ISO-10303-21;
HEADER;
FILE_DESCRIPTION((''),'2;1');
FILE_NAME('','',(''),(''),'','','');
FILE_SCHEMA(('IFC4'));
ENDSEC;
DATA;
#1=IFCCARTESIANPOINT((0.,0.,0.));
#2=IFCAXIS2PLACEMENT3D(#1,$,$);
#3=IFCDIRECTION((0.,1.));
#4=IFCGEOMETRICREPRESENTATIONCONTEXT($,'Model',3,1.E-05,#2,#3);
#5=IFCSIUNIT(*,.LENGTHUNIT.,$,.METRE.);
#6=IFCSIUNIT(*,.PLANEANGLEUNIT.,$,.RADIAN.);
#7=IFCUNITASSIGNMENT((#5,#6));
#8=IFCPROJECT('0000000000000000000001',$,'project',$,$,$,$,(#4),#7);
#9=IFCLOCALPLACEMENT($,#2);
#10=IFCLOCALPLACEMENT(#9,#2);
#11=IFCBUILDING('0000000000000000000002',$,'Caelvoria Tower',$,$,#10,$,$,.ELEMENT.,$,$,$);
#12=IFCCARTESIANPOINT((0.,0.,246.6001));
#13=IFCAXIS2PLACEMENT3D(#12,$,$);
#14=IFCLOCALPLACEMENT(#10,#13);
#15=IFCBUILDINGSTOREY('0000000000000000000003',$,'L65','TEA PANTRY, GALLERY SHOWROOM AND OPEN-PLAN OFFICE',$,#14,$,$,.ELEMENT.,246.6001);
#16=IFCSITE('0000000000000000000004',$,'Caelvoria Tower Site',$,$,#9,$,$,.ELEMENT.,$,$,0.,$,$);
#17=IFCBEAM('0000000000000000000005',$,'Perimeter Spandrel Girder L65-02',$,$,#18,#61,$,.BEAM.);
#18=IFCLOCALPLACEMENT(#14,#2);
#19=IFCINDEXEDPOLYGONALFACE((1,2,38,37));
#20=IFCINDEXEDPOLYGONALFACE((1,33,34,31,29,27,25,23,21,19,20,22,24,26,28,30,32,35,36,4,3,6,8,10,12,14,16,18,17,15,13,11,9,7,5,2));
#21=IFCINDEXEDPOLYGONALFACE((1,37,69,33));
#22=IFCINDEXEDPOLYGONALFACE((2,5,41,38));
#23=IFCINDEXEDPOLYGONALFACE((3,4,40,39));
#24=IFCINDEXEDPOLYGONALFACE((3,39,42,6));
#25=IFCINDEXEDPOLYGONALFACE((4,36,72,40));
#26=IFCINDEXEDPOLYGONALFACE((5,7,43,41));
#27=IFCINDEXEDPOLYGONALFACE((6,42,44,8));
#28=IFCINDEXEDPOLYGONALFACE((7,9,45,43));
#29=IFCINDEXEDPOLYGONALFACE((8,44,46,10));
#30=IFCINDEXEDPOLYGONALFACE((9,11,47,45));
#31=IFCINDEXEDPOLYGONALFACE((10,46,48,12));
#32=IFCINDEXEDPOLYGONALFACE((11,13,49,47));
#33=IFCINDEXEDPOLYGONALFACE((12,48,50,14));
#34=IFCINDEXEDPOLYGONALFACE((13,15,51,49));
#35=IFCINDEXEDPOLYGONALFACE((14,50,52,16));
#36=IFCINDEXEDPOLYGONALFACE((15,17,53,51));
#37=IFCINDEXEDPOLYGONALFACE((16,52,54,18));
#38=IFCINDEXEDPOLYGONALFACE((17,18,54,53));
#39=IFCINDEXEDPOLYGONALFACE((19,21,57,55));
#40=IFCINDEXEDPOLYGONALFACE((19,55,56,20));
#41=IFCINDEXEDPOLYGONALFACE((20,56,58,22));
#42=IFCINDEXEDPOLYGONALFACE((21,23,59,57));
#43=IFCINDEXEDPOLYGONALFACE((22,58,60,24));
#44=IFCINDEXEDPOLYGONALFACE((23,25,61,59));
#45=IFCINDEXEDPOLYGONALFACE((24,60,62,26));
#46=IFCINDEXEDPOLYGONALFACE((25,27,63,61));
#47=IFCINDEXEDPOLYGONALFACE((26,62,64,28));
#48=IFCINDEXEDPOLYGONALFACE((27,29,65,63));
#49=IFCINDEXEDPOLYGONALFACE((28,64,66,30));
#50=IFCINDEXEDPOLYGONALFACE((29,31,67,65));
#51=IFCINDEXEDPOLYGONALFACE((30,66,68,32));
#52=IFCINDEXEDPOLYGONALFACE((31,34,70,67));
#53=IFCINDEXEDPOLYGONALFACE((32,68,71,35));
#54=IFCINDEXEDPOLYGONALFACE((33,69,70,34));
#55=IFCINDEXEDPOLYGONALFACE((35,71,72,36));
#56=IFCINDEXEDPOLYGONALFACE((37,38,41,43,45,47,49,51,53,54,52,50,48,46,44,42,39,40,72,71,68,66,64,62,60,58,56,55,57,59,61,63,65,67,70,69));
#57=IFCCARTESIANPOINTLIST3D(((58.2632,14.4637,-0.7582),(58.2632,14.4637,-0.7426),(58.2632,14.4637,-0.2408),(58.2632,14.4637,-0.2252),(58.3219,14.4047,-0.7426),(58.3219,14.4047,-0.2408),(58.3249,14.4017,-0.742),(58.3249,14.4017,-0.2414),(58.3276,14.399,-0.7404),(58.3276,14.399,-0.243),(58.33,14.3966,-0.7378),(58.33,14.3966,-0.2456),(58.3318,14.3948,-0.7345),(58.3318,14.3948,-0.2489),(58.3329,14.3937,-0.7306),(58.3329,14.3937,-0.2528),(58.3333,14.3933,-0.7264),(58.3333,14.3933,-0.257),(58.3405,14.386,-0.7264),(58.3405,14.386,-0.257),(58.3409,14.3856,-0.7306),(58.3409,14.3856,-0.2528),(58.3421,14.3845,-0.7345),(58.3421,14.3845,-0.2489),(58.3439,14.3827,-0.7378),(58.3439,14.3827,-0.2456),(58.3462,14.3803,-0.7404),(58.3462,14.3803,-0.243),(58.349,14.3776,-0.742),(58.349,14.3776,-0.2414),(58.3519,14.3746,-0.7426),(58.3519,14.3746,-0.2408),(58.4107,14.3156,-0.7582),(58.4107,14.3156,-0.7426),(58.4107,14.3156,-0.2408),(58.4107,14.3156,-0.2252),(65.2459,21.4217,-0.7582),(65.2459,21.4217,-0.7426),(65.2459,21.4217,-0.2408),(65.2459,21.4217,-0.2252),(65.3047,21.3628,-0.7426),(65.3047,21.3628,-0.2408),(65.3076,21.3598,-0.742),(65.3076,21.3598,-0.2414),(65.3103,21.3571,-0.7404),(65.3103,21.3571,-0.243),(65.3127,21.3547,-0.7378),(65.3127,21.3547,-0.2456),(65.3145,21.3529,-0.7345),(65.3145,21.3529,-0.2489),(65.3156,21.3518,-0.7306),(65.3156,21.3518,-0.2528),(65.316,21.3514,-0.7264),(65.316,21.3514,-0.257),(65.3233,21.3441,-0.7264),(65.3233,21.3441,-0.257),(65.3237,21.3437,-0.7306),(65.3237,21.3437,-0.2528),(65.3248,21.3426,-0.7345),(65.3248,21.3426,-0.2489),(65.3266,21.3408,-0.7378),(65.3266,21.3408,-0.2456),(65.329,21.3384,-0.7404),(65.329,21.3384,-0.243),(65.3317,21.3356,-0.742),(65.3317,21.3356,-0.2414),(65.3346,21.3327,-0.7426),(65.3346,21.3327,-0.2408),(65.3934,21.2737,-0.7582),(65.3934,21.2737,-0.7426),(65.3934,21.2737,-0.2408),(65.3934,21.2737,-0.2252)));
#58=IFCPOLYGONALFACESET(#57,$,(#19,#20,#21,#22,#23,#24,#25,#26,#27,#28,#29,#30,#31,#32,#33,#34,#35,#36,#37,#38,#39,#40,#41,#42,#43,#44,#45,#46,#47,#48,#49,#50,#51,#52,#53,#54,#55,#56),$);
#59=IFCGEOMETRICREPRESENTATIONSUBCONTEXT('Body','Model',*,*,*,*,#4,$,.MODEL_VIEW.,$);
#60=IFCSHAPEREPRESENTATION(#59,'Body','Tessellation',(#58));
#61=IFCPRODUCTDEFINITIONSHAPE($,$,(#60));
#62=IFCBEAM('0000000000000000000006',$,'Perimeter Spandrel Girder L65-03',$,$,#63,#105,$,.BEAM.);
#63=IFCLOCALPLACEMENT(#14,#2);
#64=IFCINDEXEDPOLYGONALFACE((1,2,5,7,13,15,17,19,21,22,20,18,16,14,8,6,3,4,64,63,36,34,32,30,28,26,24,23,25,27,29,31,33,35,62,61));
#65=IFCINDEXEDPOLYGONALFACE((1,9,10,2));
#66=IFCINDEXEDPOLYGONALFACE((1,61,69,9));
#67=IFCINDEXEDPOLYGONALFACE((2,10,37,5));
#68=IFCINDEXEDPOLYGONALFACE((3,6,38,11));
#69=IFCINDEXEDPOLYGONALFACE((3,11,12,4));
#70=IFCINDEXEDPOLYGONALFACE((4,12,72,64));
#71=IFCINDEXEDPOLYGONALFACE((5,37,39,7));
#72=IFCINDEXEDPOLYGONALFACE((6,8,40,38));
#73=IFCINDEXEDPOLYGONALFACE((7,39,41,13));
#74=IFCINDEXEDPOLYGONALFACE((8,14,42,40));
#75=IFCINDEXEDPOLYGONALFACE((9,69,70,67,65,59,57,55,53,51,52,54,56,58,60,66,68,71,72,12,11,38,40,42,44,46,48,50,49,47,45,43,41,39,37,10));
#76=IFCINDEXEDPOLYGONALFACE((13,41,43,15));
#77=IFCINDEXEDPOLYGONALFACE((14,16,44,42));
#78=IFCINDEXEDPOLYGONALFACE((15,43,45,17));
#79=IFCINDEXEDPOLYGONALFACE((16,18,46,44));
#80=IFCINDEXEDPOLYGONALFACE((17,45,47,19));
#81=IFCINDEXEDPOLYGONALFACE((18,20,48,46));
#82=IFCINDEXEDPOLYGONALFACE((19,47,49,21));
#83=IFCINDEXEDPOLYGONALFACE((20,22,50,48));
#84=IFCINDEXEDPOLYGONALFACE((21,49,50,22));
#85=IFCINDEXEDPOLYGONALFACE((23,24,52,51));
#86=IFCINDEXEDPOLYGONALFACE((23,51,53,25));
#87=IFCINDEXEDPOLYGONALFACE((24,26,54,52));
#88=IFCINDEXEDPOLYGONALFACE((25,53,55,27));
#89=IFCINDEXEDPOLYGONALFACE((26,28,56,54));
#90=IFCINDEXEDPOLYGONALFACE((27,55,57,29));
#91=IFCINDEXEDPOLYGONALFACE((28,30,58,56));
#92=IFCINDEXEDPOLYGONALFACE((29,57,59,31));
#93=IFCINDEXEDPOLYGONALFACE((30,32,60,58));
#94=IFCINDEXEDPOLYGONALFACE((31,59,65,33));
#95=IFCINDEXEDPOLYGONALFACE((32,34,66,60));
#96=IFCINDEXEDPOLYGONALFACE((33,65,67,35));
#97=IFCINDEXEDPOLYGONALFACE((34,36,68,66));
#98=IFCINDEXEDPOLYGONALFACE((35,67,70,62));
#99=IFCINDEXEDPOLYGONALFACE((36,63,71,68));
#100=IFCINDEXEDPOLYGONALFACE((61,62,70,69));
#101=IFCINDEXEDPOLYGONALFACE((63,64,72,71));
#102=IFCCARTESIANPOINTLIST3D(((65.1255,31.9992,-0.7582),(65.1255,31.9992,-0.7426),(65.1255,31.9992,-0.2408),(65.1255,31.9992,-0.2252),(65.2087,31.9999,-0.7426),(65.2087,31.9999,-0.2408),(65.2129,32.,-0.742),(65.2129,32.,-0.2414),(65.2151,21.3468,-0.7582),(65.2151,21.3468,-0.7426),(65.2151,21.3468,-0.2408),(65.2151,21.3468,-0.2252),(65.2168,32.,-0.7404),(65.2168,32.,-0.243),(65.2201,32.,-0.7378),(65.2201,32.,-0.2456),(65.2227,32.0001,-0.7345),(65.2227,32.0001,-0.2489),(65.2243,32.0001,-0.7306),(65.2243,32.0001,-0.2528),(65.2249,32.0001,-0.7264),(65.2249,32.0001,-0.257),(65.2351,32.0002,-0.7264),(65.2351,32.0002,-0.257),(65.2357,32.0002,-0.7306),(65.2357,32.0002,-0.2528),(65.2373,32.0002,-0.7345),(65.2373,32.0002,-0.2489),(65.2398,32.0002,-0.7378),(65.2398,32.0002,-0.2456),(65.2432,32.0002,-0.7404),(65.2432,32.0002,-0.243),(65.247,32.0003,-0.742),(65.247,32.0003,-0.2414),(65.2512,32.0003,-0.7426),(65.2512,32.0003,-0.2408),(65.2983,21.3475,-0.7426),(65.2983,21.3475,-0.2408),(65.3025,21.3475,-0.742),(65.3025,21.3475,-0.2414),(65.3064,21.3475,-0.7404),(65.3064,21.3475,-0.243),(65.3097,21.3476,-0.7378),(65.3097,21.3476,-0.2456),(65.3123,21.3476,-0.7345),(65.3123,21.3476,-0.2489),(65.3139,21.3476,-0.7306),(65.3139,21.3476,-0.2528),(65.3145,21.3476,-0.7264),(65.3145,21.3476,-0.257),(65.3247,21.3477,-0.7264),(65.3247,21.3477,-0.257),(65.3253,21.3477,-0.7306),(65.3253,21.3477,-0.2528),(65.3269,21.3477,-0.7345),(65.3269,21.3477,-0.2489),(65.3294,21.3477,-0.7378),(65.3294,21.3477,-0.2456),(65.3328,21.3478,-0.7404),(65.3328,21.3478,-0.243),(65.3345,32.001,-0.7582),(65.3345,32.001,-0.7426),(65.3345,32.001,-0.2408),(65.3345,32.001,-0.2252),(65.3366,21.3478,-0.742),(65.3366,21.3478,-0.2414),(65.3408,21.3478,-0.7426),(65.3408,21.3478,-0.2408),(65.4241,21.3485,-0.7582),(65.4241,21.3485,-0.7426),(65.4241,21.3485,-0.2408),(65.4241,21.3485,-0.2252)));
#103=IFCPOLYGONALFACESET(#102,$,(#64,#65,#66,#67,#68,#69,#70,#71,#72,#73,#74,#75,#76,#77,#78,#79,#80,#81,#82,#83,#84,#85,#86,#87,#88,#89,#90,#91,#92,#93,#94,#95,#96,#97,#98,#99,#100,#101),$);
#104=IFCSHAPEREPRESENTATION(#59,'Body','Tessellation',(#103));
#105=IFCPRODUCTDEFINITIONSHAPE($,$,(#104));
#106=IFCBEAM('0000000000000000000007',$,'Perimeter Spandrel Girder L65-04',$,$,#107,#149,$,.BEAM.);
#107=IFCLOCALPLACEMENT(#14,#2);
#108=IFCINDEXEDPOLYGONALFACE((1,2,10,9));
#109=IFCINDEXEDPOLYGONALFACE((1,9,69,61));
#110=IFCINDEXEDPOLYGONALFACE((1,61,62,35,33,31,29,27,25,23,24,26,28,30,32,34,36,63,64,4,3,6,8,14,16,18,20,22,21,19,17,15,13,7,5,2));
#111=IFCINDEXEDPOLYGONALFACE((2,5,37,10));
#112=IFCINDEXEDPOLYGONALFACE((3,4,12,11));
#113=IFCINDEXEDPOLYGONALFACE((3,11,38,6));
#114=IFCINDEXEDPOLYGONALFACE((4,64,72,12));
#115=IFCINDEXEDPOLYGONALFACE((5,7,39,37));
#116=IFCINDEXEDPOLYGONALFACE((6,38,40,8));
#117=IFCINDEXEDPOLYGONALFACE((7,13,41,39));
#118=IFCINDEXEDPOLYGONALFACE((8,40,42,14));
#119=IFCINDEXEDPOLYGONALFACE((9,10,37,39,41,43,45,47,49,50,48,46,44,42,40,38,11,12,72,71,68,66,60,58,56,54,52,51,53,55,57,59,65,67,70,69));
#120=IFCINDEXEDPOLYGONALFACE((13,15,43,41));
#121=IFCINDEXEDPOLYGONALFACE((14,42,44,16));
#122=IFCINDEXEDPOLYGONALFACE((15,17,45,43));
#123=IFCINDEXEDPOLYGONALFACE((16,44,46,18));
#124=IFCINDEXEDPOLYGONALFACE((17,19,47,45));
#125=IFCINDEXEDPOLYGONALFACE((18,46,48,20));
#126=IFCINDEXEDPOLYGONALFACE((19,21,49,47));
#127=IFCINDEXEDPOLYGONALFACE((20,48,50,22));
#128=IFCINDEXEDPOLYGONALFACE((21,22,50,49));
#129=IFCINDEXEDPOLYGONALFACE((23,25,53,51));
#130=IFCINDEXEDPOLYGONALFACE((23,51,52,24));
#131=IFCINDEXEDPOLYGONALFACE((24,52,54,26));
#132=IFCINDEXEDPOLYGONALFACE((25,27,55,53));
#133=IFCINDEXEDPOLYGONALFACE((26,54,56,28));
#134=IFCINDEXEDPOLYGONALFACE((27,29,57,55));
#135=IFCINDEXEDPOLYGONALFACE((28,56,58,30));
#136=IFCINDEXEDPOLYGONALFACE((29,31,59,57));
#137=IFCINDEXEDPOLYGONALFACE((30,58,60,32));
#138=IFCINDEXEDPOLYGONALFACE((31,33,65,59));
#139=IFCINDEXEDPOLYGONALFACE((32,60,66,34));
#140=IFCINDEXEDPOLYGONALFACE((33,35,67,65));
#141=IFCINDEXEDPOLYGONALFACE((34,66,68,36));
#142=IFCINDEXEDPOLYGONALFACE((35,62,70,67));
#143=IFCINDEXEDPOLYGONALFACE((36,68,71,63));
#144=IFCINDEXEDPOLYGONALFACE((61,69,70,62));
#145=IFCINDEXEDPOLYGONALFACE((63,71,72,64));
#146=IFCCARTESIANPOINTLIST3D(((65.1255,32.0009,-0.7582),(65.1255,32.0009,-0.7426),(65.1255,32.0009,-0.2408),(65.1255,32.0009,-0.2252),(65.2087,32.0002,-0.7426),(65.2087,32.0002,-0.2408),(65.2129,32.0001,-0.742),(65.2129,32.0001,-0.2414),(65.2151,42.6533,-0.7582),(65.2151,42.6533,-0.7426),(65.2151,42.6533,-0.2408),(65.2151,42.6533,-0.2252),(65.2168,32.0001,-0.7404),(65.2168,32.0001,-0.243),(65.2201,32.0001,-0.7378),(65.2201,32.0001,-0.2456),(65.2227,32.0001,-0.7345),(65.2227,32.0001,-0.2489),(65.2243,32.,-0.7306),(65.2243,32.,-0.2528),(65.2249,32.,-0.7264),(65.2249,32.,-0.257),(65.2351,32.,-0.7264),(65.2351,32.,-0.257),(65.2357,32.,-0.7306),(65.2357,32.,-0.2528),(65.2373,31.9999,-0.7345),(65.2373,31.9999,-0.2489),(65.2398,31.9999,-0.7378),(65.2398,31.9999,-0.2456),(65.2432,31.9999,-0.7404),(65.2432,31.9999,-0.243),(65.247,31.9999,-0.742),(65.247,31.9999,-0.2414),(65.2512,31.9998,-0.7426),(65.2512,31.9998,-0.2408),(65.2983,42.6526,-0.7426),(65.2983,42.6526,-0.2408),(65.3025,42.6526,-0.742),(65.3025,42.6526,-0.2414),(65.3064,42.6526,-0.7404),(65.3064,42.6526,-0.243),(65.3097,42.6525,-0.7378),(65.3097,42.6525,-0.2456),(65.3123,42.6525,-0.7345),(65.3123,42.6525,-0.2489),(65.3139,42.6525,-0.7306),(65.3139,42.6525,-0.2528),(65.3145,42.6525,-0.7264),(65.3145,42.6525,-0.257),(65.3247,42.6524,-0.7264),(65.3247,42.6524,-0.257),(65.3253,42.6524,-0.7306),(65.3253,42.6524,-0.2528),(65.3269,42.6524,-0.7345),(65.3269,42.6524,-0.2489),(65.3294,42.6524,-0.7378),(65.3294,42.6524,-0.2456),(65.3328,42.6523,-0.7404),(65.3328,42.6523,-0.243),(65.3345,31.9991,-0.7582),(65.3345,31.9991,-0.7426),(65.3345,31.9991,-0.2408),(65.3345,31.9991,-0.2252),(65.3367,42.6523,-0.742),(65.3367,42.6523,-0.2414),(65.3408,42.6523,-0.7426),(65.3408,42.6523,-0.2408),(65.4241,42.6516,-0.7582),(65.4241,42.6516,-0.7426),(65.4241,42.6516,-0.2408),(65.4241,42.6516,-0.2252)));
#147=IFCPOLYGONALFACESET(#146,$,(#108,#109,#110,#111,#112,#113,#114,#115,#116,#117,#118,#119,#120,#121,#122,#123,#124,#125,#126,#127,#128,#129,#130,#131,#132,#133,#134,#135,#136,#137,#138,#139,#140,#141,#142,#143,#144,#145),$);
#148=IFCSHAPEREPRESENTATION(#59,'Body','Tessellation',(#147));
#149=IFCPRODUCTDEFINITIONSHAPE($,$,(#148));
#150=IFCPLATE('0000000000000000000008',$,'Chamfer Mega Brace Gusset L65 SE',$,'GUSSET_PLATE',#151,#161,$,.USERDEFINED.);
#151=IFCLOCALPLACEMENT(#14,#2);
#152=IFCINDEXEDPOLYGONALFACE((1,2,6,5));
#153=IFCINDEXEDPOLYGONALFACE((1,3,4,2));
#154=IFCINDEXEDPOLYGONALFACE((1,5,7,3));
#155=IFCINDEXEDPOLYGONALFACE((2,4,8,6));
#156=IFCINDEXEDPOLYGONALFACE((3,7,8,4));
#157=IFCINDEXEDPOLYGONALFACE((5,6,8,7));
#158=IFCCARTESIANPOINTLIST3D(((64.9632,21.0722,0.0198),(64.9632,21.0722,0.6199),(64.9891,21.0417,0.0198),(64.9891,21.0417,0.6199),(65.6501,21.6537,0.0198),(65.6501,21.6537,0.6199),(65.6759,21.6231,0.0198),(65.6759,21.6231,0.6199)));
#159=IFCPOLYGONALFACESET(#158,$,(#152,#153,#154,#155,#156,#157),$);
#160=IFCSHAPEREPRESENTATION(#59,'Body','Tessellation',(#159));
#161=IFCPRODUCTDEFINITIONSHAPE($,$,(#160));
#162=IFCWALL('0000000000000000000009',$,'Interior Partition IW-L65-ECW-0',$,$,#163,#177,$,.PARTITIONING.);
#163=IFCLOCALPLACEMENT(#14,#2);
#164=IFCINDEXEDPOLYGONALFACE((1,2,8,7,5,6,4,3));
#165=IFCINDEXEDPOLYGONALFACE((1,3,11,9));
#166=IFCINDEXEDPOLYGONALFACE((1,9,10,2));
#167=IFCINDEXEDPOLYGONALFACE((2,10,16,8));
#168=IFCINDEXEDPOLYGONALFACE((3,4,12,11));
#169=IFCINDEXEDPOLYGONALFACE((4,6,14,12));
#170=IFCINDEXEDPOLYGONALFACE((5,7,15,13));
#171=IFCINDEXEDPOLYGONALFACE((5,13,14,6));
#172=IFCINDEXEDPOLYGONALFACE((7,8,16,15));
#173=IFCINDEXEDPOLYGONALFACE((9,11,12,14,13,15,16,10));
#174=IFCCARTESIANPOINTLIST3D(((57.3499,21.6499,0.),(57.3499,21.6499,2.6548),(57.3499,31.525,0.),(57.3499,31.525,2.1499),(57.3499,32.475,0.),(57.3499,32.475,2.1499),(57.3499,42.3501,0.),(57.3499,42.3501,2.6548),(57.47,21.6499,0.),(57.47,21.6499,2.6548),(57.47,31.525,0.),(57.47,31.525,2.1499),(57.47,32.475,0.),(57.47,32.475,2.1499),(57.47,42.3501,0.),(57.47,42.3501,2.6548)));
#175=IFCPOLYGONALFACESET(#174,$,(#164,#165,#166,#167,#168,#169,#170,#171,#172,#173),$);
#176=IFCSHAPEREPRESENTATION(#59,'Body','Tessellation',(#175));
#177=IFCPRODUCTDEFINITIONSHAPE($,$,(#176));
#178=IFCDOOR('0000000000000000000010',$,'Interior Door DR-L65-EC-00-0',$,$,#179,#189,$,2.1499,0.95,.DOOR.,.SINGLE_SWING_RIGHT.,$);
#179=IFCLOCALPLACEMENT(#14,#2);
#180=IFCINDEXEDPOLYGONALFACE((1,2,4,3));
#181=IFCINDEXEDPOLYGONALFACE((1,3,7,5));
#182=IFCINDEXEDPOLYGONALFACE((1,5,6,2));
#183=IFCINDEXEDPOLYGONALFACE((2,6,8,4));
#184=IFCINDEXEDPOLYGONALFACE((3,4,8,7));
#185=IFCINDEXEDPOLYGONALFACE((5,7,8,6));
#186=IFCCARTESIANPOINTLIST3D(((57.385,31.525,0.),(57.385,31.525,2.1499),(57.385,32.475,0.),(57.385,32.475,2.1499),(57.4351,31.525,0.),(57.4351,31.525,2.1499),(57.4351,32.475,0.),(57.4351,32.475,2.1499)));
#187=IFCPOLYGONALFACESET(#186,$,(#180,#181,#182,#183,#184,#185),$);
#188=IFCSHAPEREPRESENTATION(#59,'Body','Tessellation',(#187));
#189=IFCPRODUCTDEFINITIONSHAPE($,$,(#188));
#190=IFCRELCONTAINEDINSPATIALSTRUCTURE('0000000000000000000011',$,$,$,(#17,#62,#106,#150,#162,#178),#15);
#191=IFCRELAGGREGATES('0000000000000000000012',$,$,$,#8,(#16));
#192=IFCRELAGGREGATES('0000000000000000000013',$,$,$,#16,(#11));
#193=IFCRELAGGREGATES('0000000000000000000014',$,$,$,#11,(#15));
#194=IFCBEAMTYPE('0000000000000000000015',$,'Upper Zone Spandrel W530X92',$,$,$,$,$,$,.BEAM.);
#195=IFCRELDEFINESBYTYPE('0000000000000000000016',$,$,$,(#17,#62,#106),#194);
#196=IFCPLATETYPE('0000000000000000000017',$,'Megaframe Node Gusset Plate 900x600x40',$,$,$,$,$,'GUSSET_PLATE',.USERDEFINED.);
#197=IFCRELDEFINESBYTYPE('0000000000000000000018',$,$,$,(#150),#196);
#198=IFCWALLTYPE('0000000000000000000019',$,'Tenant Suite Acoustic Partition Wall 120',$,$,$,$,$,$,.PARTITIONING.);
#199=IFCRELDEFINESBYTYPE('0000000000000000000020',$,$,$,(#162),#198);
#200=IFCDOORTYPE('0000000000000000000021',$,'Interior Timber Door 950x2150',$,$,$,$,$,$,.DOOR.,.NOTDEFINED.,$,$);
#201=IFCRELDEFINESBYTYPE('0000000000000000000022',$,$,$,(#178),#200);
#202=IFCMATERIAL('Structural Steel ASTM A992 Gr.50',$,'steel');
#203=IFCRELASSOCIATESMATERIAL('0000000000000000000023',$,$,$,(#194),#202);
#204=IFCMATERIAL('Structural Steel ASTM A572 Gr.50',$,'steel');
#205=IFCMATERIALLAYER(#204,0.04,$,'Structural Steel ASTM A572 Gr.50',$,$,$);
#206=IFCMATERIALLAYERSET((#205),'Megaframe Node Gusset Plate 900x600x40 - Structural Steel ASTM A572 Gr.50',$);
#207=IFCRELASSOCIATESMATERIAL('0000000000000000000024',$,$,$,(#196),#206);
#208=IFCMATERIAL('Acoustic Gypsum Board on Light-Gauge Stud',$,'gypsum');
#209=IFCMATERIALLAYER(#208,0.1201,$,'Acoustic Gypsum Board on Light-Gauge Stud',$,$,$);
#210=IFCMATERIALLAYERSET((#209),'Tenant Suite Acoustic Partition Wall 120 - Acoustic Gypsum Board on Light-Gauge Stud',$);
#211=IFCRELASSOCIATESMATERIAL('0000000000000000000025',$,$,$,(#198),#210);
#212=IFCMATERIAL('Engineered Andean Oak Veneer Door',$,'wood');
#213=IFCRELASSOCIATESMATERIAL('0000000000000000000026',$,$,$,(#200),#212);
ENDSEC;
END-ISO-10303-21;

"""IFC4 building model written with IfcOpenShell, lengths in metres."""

from ifc_helpers import new_model, si_unit, direction, frame, frame_2d, origin, origin_2d, place, context, subcontext, project, spatial, rectangle, i_section, extrude, material, layer, layer_set, material_profile, profile_set, type_object, element, fill, save


model = new_model("IFC4")

# Units and contexts
model_context = context("Model", 3, precision=1e-05, world=origin(), true_north=direction((0.0, 1.0)))
body_context = subcontext(model_context, "Body", "Model", "MODEL_VIEW")
ifc_project = project(units=[si_unit("LENGTHUNIT", "METRE"), si_unit("PLANEANGLEUNIT", "RADIAN")], contexts=[model_context])

# Site, building, storey
site_placement = place(None, origin())
site = spatial("IfcSite", under=ifc_project, at=site_placement, Name="Caelvoria Tower Site", CompositionType="ELEMENT", RefElevation=0.0)
building_placement = place(site_placement, origin())
building = spatial("IfcBuilding", under=site, at=building_placement, Name="Caelvoria Tower", CompositionType="ELEMENT")
storey_placement = place(building_placement, frame((0.0, 0.0, 246.6001)))
storey = spatial("IfcBuildingStorey", under=building, at=storey_placement, Name="L65", Description="TEA PANTRY, GALLERY SHOWROOM AND OPEN-PLAN OFFICE", CompositionType="ELEMENT", Elevation=246.6001)

# Shared definitions
ifc_material_1 = material(Name="Structural Steel ASTM A572 Gr.50", Category="steel")
ifc_material_2 = material(Name="Structural Steel ASTM A992 Gr.50", Category="steel")

# Beams
ifc_material_profile_1 = material_profile(ifc_material_2, i_section(OverallWidth=0.209, OverallDepth=0.533, WebThickness=0.0103, FlangeThickness=0.0156, FilletRadius=0.0161, at=origin_2d()), Name="Structural Steel ASTM A992 Gr.50")
ifc_profile_set_1 = profile_set([ifc_material_profile_1], Name="W530X92 - Structural Steel ASTM A992 Gr.50")
beam_type_1 = type_object("IfcBeamType", Name="Upper Zone Spandrel W530X92", PredefinedType="BEAM", material=ifc_profile_set_1)
beam_1_placement = place(storey_placement, frame((58.3369, 14.3896, -0.4917), z_axis=(0.708356, 0.705855, 0.0), x_axis=(-0.705855, 0.708356, 0.0)))
element("IfcBeam", 1, at=beam_1_placement, inside=storey, type_object=beam_type_1, Name="Perimeter Spandrel Girder L65-02", PredefinedType="BEAM", context=body_context, shape_type="SweptSolid", body=[
    extrude(i_section(OverallWidth=0.209, OverallDepth=0.533, WebThickness=0.0103, FlangeThickness=0.0156, FilletRadius=0.0161, at=origin_2d()), origin(), (0.0, 0.0, 1.0), 9.8577),
])
for number, where, z_axis, x_axis, name in (
    (2, (65.3196, 21.3477, -0.4917), (-0.008411, 0.999965, 0.0), (-0.999965, -0.008411, 0.0), "Perimeter Spandrel Girder L65-03"),
    (3, (65.23, 32.0, -0.4917), (0.008411, 0.999965, 0.0), (-0.999965, 0.008411, 0.0), "Perimeter Spandrel Girder L65-04"),
):
    element("IfcBeam", number, at=place(storey_placement, frame(where, z_axis=z_axis, x_axis=x_axis)), inside=storey, type_object=beam_type_1, Name=name, PredefinedType="BEAM", context=body_context, shape_type="SweptSolid", body=[
        extrude(i_section(OverallWidth=0.209, OverallDepth=0.533, WebThickness=0.0103, FlangeThickness=0.0156, FilletRadius=0.0161, at=origin_2d()), origin(), (0.0, 0.0, 1.0), 10.6528),
    ])

# Plate
ifc_layer_1 = layer(ifc_material_1, 0.04, Name="Structural Steel ASTM A572 Gr.50")
ifc_layer_set_1 = layer_set([ifc_layer_1], Name="Megaframe Node Gusset Plate 900x600x40 - Structural Steel ASTM A572 Gr.50")
plate_type = type_object("IfcPlateType", Name="Megaframe Node Gusset Plate 900x600x40", ElementType="GUSSET_PLATE", PredefinedType="USERDEFINED", material=ifc_layer_set_1)
plate_placement = place(storey_placement, frame((65.3196, 21.3477, 0.0198), z_axis=(0.0, 0.0, 1.0), x_axis=(-0.763236, -0.64612, 0.0)))
element("IfcPlate", 4, at=plate_placement, inside=storey, type_object=plate_type, Name="Chamfer Mega Brace Gusset L65 SE", ObjectType="GUSSET_PLATE", PredefinedType="USERDEFINED", context=body_context, shape_type="SweptSolid", body=[
    extrude(rectangle(XDim=0.8999, YDim=0.04, at=origin_2d()), origin(), (0.0, 0.0, 1.0), 0.6001),
])

# Wall, opening, door
ifc_material_3 = material(Name="Acoustic Gypsum Board on Light-Gauge Stud", Category="gypsum")
ifc_layer_2 = layer(ifc_material_3, 0.1201, Name="Acoustic Gypsum Board on Light-Gauge Stud")
ifc_layer_set_2 = layer_set([ifc_layer_2], Name="Tenant Suite Acoustic Partition Wall 120 - Acoustic Gypsum Board on Light-Gauge Stud")
wall_type_1 = type_object("IfcWallType", Name="Tenant Suite Acoustic Partition Wall 120", PredefinedType="PARTITIONING", material=ifc_layer_set_2)
wall_1_placement = place(storey_placement, frame((57.4099, 21.6499, 0.0), z_axis=(0.0, 0.0, 1.0), x_axis=(0.0, 1.0, 0.0)))
wall_1 = element("IfcWall", 5, at=wall_1_placement, inside=storey, type_object=wall_type_1, Name="Interior Partition IW-L65-ECW-0", PredefinedType="PARTITIONING", context=body_context, shape_type="SweptSolid", body=[
    extrude(rectangle(XDim=20.7002, YDim=0.1201, at=frame_2d((10.3501, 0.0))), origin(), (0.0, 0.0, 1.0), 2.6548),
])
opening_1_placement = place(wall_1_placement, frame((9.875, 0.0, 0.0)))
opening_1 = element("IfcOpeningElement", 6, at=opening_1_placement, cuts=wall_1, PredefinedType="OPENING", context=body_context, shape_type="SweptSolid", body=[
    extrude(rectangle(XDim=0.95, YDim=2.1499, at=frame_2d((0.4751, 1.075))), frame((0.0, 0.0701, 0.0), z_axis=(0.0, -1.0, 0.0), x_axis=(1.0, 0.0, 0.0)), (0.0, 0.0, 1.0), 0.1401),
])
ifc_material_4 = material(Name="Engineered Andean Oak Veneer Door", Category="wood")
door_type = type_object("IfcDoorType", Name="Interior Timber Door 950x2150", OperationType="NOTDEFINED", PredefinedType="DOOR", material=ifc_material_4)
door_placement = place(opening_1_placement, origin())
door = element("IfcDoor", 7, at=door_placement, inside=storey, type_object=door_type, Name="Interior Door DR-L65-EC-00-0", OperationType="SINGLE_SWING_RIGHT", OverallHeight=2.1499, OverallWidth=0.95, PredefinedType="DOOR", context=body_context, shape_type="SweptSolid", body=[
    extrude(rectangle(XDim=0.95, YDim=2.1499, at=frame_2d((0.4751, 1.075))), frame((0.0, 0.0249, 0.0), z_axis=(0.0, -1.0, 0.0), x_axis=(1.0, 0.0, 0.0)), (0.0, 0.0, 1.0), 0.05),
])
fill(opening_1, door)

save(model, "model.ifc")
